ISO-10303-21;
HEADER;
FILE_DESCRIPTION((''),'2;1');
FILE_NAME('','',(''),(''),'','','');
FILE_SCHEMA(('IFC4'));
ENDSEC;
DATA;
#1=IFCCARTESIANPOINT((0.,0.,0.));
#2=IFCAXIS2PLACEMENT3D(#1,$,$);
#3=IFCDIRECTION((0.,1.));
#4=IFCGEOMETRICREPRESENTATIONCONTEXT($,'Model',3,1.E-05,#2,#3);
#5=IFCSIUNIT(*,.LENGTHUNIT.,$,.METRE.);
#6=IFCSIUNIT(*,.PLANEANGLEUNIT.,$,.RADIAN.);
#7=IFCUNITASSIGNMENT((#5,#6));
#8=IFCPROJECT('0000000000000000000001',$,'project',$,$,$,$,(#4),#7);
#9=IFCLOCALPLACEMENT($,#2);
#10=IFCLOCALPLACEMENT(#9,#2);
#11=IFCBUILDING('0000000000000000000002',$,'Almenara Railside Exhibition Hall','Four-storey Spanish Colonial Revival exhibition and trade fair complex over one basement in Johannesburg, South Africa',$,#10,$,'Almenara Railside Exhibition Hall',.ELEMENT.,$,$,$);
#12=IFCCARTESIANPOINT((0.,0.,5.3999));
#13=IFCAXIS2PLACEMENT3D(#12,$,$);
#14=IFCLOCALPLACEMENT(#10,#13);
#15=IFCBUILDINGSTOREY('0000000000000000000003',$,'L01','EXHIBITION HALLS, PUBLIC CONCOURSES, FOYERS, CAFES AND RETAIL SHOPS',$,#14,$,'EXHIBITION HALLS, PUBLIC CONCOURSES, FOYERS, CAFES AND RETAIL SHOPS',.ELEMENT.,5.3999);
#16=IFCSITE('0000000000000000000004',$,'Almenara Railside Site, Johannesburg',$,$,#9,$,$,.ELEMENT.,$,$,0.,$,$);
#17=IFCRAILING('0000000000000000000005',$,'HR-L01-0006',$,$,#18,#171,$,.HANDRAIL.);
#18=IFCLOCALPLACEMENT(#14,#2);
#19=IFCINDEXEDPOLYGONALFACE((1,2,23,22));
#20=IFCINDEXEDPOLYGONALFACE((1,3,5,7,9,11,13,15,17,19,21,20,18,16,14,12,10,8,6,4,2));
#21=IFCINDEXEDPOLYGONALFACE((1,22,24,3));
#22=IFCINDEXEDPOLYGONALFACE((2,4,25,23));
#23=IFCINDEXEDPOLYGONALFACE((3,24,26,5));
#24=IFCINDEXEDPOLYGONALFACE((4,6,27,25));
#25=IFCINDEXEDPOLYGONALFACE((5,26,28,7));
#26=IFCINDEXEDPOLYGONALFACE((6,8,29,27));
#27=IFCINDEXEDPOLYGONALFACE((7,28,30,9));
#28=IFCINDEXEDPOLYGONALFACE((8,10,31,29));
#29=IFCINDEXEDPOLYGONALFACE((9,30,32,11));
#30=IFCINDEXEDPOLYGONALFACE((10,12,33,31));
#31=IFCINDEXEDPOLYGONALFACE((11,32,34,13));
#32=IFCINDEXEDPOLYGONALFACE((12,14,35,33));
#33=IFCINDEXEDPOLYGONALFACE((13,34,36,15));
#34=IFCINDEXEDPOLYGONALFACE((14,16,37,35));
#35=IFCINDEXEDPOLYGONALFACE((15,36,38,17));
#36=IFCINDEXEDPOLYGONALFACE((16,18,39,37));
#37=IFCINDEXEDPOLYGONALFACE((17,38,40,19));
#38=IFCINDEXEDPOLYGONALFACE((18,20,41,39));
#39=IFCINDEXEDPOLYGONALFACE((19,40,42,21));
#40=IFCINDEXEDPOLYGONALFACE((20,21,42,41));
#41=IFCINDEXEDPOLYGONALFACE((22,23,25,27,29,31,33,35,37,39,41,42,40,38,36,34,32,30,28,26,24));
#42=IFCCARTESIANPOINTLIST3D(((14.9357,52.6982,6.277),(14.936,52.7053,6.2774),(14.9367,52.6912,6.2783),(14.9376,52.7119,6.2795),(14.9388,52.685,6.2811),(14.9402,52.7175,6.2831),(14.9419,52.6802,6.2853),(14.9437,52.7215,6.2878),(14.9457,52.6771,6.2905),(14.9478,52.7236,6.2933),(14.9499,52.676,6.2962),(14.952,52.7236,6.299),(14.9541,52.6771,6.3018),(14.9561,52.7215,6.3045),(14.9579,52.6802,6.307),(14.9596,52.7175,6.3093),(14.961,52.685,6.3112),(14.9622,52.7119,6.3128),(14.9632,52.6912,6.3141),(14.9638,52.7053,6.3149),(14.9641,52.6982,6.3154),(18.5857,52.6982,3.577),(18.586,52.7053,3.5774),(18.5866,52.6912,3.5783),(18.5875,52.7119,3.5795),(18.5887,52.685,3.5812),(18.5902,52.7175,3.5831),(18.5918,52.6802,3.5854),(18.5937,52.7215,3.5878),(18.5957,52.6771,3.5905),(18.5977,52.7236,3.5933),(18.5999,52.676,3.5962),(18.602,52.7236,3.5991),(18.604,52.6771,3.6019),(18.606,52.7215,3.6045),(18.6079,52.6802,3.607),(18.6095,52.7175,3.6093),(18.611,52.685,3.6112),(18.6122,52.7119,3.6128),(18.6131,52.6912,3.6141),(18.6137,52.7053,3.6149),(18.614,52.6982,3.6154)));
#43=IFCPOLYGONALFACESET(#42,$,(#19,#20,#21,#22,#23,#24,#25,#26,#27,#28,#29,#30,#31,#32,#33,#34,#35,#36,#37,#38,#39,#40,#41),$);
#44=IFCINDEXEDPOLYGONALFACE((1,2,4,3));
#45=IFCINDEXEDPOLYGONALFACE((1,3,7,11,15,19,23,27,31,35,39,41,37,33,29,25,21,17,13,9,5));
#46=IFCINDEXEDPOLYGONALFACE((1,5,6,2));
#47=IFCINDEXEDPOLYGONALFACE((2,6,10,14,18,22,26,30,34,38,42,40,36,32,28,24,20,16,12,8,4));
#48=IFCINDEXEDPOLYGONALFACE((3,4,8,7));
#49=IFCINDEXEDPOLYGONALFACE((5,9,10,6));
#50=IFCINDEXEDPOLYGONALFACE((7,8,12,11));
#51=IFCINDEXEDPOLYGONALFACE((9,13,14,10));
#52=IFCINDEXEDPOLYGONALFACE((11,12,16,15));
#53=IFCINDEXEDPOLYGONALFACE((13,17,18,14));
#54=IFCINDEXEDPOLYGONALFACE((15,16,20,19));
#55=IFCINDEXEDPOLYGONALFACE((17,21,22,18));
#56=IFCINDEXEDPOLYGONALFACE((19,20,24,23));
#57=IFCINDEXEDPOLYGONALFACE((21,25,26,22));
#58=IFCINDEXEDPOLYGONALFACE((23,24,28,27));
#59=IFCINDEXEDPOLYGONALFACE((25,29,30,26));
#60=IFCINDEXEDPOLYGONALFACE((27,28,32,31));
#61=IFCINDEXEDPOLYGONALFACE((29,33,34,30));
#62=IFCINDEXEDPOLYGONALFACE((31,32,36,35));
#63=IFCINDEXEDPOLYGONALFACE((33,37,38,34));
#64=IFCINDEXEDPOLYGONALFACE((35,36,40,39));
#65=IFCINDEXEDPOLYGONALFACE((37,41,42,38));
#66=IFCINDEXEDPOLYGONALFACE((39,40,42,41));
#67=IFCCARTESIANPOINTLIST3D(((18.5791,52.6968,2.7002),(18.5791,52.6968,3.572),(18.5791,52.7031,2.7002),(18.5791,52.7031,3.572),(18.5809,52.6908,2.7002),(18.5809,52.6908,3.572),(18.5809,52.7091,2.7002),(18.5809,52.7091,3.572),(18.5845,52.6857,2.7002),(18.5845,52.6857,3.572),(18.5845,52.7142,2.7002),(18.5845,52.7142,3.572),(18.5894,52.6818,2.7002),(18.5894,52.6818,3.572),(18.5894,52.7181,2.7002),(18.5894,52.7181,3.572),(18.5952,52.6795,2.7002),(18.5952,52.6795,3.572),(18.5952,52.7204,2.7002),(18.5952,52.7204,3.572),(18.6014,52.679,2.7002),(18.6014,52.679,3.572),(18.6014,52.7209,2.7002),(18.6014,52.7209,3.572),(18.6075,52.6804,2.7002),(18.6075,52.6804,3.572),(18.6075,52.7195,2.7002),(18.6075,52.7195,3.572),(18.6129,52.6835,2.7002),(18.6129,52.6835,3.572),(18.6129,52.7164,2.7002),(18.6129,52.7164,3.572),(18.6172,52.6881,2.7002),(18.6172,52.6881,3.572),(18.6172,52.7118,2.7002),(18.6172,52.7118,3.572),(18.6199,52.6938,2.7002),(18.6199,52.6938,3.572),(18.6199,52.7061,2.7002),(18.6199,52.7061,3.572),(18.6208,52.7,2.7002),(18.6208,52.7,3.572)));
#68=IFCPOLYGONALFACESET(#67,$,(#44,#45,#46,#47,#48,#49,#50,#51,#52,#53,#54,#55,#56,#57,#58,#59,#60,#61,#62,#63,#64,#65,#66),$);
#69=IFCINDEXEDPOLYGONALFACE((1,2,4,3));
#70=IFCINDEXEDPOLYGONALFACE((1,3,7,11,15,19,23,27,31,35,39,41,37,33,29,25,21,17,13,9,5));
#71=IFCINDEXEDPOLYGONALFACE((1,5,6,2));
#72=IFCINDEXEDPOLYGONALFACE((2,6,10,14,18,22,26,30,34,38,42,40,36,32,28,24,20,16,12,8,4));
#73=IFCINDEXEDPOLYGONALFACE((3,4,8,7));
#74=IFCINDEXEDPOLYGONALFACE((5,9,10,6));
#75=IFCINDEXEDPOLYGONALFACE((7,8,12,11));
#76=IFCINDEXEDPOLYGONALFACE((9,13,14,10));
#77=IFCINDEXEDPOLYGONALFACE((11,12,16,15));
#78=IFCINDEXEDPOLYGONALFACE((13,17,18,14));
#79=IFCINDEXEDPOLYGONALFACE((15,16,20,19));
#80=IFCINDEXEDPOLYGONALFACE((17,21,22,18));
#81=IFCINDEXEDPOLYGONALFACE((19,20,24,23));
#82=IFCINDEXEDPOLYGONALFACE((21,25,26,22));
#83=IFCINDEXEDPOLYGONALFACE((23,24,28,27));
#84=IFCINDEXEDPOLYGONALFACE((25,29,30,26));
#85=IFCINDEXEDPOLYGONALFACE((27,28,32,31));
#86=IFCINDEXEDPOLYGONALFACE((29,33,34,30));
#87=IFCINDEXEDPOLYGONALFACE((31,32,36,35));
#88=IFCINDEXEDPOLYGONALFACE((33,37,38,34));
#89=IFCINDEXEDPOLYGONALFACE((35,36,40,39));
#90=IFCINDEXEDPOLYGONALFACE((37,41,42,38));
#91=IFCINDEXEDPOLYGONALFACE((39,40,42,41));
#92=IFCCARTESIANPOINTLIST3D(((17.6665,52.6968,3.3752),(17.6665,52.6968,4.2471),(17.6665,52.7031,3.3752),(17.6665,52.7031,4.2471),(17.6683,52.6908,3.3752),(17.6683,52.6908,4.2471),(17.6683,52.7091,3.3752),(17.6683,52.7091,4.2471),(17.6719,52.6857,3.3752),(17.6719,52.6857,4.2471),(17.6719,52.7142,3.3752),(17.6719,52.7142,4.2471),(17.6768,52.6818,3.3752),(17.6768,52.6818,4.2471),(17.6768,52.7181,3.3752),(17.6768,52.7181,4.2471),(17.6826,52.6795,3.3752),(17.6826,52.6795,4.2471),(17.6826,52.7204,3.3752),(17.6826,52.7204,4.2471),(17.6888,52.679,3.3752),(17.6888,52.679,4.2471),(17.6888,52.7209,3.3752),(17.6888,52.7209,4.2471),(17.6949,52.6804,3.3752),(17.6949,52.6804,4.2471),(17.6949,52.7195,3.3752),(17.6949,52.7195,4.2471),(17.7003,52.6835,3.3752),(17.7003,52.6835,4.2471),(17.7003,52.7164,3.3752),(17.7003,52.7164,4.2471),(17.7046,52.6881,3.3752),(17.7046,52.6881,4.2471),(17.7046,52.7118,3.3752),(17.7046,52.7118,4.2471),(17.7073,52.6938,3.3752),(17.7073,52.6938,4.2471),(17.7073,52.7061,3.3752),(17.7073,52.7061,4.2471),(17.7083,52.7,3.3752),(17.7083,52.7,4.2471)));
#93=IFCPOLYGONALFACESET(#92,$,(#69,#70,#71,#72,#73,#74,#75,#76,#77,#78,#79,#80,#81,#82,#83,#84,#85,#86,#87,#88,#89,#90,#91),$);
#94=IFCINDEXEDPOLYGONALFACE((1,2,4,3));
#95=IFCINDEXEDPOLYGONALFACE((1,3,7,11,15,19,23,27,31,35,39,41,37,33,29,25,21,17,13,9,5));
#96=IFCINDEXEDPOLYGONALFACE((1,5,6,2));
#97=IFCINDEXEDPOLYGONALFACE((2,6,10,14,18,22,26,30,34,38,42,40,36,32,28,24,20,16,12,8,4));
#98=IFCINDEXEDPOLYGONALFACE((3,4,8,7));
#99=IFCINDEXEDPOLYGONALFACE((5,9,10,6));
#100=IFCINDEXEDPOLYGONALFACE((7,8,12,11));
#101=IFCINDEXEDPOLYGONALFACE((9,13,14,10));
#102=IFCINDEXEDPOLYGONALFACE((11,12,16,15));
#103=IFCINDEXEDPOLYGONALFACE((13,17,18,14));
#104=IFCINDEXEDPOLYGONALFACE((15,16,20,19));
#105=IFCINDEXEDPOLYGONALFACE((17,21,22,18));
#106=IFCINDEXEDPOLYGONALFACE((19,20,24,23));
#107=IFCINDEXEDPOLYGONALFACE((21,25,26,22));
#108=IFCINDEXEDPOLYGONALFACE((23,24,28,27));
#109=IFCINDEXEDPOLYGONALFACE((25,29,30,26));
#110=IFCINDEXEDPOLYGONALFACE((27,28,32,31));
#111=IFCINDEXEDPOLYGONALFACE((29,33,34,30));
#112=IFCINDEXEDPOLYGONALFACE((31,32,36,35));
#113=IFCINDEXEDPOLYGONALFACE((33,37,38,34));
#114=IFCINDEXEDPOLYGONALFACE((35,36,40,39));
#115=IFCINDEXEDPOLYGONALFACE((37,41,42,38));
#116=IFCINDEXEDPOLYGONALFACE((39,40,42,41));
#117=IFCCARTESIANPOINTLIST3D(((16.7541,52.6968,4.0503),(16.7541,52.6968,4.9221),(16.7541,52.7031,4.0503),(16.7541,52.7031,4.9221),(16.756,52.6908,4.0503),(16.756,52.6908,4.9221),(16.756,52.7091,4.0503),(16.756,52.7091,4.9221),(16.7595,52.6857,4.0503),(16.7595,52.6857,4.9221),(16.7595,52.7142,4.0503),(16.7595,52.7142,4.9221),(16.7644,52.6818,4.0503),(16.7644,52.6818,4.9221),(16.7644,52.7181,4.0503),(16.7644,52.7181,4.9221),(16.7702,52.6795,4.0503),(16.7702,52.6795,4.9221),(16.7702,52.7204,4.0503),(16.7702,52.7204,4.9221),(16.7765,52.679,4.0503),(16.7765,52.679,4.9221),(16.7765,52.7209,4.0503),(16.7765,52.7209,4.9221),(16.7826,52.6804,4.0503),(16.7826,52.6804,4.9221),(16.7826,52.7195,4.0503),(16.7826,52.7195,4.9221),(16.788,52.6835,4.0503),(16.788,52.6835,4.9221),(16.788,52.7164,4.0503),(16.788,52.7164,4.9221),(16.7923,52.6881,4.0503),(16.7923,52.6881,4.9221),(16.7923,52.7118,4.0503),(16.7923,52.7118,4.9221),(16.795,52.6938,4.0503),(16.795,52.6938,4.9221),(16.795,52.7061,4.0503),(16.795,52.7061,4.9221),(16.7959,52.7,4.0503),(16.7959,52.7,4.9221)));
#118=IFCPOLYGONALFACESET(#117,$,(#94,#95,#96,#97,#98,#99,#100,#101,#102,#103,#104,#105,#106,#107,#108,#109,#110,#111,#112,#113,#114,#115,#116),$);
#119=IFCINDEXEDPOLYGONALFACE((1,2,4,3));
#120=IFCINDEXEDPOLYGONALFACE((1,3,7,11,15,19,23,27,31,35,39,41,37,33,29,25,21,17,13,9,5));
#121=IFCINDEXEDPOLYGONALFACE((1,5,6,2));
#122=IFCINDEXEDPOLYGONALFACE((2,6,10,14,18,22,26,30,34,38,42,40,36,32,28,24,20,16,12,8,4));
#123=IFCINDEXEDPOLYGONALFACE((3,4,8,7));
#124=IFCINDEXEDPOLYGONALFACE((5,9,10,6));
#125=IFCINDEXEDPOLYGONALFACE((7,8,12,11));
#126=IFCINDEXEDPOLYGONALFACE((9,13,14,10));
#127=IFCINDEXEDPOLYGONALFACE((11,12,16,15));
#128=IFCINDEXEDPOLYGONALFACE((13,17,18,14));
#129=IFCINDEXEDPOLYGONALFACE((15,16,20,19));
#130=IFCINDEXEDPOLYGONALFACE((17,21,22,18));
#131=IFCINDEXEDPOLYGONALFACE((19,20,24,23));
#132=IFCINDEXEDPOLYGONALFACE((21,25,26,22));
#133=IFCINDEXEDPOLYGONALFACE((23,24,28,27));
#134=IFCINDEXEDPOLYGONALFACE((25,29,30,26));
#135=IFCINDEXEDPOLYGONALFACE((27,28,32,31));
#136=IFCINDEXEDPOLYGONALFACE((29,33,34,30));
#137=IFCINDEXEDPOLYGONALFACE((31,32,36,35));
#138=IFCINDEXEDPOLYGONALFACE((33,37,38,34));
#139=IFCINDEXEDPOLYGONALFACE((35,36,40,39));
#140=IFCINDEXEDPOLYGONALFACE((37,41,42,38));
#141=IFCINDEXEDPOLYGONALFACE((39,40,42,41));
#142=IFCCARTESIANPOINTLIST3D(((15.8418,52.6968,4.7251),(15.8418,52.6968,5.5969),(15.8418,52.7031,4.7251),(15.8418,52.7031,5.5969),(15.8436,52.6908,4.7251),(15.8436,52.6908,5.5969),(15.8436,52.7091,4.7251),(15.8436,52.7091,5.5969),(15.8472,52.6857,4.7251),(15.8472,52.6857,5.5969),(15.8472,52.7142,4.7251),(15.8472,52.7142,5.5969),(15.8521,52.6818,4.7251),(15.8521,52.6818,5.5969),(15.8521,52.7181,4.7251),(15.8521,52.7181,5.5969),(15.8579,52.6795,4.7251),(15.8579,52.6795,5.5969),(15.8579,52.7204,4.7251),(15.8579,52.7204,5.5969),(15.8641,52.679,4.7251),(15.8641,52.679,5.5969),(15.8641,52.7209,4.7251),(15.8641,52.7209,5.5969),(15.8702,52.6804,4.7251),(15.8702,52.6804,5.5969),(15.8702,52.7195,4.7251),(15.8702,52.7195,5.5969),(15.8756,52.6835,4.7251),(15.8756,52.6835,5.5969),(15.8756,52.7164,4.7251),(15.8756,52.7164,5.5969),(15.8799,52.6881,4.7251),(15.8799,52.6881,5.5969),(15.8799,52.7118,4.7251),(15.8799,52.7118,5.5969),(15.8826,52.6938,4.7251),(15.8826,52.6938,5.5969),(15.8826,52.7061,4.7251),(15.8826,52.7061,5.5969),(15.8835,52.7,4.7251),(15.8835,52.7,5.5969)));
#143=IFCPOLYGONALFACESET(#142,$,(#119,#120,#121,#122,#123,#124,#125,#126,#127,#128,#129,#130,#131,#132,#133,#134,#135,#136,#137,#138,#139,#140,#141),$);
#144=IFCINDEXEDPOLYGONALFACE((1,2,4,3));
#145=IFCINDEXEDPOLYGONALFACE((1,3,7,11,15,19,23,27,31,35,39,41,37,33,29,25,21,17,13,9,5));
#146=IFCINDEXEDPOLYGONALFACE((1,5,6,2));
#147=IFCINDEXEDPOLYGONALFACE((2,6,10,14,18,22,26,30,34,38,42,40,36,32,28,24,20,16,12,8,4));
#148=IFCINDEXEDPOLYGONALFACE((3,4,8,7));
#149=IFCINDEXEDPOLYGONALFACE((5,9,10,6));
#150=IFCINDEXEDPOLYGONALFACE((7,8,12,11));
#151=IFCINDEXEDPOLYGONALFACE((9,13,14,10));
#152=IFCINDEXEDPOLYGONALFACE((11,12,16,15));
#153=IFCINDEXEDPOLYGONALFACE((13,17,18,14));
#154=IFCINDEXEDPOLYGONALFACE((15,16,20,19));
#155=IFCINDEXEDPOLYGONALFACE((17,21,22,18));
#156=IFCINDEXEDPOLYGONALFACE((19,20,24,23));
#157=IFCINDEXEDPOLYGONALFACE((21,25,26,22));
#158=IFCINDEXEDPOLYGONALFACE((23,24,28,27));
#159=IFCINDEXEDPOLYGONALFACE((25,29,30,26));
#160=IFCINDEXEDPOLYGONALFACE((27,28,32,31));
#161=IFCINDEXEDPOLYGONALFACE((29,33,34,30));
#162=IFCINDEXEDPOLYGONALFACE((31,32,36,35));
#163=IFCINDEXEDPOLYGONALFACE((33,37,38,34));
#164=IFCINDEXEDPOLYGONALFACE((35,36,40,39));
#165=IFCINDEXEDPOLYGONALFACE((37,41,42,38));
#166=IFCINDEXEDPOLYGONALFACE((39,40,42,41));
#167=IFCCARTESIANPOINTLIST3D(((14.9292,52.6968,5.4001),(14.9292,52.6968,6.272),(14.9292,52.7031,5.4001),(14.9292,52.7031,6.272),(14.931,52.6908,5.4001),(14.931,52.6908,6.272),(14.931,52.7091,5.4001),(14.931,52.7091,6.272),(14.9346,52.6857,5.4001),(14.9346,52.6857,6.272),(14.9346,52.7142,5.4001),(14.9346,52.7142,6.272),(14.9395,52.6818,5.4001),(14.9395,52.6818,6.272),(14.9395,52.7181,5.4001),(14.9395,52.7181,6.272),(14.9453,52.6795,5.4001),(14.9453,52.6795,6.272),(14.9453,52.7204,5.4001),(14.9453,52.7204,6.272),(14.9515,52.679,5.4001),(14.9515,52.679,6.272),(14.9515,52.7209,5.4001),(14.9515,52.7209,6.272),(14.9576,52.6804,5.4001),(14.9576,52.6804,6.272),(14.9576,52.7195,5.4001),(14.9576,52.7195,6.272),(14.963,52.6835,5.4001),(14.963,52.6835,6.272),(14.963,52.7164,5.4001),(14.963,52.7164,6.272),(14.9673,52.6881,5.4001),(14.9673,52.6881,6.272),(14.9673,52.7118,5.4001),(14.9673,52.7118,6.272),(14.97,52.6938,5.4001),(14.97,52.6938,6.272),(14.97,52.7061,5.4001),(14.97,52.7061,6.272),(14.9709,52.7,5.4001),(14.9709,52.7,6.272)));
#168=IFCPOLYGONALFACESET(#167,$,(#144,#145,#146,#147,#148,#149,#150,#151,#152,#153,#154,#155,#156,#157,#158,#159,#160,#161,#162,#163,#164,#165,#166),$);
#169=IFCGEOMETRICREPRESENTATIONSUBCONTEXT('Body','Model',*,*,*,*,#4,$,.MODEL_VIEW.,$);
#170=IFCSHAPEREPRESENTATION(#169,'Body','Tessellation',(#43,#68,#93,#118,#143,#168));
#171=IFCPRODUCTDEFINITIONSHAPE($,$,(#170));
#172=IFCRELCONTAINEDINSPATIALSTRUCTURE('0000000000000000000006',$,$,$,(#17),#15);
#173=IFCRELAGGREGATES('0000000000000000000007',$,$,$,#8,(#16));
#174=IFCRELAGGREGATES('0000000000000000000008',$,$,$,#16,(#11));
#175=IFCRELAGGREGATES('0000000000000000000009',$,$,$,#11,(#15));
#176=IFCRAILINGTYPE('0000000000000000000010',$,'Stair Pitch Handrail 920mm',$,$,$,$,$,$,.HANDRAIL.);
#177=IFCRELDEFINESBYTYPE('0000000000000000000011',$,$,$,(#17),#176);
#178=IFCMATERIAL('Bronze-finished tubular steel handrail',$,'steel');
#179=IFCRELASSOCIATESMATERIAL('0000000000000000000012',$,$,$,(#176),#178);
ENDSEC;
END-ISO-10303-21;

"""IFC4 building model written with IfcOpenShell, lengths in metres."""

from ifc_helpers import new_model, si_unit, direction, frame, origin, origin_2d, place, context, subcontext, project, spatial, circle, extrude, material, type_object, element, save


model = new_model("IFC4")

# Units and contexts
model_context = context("Model", 3, precision=1e-05, world=origin(), true_north=direction((0.0, 1.0)))
body_context = subcontext(model_context, "Body", "Model", "MODEL_VIEW")
ifc_project = project(units=[si_unit("LENGTHUNIT", "METRE"), si_unit("PLANEANGLEUNIT", "RADIAN")], contexts=[model_context])

# Site, building, storey
site_placement = place(None, origin())
site = spatial("IfcSite", under=ifc_project, at=site_placement, Name="Almenara Railside Site, Johannesburg", CompositionType="ELEMENT", RefElevation=0.0)
building_placement = place(site_placement, origin())
building = spatial("IfcBuilding", under=site, at=building_placement, Name="Almenara Railside Exhibition Hall", Description="Four-storey Spanish Colonial Revival exhibition and trade fair complex over one basement in Johannesburg, South Africa", LongName="Almenara Railside Exhibition Hall", CompositionType="ELEMENT")
storey_placement = place(building_placement, frame((0.0, 0.0, 5.3999)))
storey = spatial("IfcBuildingStorey", under=building, at=storey_placement, Name="L01", Description="EXHIBITION HALLS, PUBLIC CONCOURSES, FOYERS, CAFES AND RETAIL SHOPS", LongName="EXHIBITION HALLS, PUBLIC CONCOURSES, FOYERS, CAFES AND RETAIL SHOPS", CompositionType="ELEMENT", Elevation=5.3999)

# Railing
ifc_material_1 = material(Name="Bronze-finished tubular steel handrail", Category="steel")
railing_type_1 = type_object("IfcRailingType", Name="Stair Pitch Handrail 920mm", PredefinedType="HANDRAIL", material=ifc_material_1)
railing_1_placement = place(storey_placement, frame((18.5999, 52.7, 2.7002)))
element("IfcRailing", 1, at=railing_1_placement, inside=storey, type_object=railing_type_1, Name="HR-L01-0006", PredefinedType="HANDRAIL", context=body_context, shape_type="SweptSolid", body=[
    extrude(circle(Radius=0.0239, at=origin_2d()), frame((0.0, 0.0, 0.896), z_axis=(-0.803945, 0.0, 0.594704), x_axis=(0.0, -1.0, 0.0)), (0.0, 0.0, 1.0), 4.54),
    extrude(circle(Radius=0.021, at=origin_2d()), origin(), (0.0, 0.0, 1.0), 0.8718),
    extrude(circle(Radius=0.021, at=origin_2d()), frame((-0.9126, 0.0, 0.675)), (0.0, 0.0, 1.0), 0.8718),
    extrude(circle(Radius=0.021, at=origin_2d()), frame((-1.825, 0.0, 1.3501)), (0.0, 0.0, 1.0), 0.8718),
    extrude(circle(Radius=0.021, at=origin_2d()), frame((-2.7373, 0.0, 2.0249)), (0.0, 0.0, 1.0), 0.8718),
    extrude(circle(Radius=0.021, at=origin_2d()), frame((-3.6499, 0.0, 2.7)), (0.0, 0.0, 1.0), 0.8718),
])

save(model, "model.ifc")
